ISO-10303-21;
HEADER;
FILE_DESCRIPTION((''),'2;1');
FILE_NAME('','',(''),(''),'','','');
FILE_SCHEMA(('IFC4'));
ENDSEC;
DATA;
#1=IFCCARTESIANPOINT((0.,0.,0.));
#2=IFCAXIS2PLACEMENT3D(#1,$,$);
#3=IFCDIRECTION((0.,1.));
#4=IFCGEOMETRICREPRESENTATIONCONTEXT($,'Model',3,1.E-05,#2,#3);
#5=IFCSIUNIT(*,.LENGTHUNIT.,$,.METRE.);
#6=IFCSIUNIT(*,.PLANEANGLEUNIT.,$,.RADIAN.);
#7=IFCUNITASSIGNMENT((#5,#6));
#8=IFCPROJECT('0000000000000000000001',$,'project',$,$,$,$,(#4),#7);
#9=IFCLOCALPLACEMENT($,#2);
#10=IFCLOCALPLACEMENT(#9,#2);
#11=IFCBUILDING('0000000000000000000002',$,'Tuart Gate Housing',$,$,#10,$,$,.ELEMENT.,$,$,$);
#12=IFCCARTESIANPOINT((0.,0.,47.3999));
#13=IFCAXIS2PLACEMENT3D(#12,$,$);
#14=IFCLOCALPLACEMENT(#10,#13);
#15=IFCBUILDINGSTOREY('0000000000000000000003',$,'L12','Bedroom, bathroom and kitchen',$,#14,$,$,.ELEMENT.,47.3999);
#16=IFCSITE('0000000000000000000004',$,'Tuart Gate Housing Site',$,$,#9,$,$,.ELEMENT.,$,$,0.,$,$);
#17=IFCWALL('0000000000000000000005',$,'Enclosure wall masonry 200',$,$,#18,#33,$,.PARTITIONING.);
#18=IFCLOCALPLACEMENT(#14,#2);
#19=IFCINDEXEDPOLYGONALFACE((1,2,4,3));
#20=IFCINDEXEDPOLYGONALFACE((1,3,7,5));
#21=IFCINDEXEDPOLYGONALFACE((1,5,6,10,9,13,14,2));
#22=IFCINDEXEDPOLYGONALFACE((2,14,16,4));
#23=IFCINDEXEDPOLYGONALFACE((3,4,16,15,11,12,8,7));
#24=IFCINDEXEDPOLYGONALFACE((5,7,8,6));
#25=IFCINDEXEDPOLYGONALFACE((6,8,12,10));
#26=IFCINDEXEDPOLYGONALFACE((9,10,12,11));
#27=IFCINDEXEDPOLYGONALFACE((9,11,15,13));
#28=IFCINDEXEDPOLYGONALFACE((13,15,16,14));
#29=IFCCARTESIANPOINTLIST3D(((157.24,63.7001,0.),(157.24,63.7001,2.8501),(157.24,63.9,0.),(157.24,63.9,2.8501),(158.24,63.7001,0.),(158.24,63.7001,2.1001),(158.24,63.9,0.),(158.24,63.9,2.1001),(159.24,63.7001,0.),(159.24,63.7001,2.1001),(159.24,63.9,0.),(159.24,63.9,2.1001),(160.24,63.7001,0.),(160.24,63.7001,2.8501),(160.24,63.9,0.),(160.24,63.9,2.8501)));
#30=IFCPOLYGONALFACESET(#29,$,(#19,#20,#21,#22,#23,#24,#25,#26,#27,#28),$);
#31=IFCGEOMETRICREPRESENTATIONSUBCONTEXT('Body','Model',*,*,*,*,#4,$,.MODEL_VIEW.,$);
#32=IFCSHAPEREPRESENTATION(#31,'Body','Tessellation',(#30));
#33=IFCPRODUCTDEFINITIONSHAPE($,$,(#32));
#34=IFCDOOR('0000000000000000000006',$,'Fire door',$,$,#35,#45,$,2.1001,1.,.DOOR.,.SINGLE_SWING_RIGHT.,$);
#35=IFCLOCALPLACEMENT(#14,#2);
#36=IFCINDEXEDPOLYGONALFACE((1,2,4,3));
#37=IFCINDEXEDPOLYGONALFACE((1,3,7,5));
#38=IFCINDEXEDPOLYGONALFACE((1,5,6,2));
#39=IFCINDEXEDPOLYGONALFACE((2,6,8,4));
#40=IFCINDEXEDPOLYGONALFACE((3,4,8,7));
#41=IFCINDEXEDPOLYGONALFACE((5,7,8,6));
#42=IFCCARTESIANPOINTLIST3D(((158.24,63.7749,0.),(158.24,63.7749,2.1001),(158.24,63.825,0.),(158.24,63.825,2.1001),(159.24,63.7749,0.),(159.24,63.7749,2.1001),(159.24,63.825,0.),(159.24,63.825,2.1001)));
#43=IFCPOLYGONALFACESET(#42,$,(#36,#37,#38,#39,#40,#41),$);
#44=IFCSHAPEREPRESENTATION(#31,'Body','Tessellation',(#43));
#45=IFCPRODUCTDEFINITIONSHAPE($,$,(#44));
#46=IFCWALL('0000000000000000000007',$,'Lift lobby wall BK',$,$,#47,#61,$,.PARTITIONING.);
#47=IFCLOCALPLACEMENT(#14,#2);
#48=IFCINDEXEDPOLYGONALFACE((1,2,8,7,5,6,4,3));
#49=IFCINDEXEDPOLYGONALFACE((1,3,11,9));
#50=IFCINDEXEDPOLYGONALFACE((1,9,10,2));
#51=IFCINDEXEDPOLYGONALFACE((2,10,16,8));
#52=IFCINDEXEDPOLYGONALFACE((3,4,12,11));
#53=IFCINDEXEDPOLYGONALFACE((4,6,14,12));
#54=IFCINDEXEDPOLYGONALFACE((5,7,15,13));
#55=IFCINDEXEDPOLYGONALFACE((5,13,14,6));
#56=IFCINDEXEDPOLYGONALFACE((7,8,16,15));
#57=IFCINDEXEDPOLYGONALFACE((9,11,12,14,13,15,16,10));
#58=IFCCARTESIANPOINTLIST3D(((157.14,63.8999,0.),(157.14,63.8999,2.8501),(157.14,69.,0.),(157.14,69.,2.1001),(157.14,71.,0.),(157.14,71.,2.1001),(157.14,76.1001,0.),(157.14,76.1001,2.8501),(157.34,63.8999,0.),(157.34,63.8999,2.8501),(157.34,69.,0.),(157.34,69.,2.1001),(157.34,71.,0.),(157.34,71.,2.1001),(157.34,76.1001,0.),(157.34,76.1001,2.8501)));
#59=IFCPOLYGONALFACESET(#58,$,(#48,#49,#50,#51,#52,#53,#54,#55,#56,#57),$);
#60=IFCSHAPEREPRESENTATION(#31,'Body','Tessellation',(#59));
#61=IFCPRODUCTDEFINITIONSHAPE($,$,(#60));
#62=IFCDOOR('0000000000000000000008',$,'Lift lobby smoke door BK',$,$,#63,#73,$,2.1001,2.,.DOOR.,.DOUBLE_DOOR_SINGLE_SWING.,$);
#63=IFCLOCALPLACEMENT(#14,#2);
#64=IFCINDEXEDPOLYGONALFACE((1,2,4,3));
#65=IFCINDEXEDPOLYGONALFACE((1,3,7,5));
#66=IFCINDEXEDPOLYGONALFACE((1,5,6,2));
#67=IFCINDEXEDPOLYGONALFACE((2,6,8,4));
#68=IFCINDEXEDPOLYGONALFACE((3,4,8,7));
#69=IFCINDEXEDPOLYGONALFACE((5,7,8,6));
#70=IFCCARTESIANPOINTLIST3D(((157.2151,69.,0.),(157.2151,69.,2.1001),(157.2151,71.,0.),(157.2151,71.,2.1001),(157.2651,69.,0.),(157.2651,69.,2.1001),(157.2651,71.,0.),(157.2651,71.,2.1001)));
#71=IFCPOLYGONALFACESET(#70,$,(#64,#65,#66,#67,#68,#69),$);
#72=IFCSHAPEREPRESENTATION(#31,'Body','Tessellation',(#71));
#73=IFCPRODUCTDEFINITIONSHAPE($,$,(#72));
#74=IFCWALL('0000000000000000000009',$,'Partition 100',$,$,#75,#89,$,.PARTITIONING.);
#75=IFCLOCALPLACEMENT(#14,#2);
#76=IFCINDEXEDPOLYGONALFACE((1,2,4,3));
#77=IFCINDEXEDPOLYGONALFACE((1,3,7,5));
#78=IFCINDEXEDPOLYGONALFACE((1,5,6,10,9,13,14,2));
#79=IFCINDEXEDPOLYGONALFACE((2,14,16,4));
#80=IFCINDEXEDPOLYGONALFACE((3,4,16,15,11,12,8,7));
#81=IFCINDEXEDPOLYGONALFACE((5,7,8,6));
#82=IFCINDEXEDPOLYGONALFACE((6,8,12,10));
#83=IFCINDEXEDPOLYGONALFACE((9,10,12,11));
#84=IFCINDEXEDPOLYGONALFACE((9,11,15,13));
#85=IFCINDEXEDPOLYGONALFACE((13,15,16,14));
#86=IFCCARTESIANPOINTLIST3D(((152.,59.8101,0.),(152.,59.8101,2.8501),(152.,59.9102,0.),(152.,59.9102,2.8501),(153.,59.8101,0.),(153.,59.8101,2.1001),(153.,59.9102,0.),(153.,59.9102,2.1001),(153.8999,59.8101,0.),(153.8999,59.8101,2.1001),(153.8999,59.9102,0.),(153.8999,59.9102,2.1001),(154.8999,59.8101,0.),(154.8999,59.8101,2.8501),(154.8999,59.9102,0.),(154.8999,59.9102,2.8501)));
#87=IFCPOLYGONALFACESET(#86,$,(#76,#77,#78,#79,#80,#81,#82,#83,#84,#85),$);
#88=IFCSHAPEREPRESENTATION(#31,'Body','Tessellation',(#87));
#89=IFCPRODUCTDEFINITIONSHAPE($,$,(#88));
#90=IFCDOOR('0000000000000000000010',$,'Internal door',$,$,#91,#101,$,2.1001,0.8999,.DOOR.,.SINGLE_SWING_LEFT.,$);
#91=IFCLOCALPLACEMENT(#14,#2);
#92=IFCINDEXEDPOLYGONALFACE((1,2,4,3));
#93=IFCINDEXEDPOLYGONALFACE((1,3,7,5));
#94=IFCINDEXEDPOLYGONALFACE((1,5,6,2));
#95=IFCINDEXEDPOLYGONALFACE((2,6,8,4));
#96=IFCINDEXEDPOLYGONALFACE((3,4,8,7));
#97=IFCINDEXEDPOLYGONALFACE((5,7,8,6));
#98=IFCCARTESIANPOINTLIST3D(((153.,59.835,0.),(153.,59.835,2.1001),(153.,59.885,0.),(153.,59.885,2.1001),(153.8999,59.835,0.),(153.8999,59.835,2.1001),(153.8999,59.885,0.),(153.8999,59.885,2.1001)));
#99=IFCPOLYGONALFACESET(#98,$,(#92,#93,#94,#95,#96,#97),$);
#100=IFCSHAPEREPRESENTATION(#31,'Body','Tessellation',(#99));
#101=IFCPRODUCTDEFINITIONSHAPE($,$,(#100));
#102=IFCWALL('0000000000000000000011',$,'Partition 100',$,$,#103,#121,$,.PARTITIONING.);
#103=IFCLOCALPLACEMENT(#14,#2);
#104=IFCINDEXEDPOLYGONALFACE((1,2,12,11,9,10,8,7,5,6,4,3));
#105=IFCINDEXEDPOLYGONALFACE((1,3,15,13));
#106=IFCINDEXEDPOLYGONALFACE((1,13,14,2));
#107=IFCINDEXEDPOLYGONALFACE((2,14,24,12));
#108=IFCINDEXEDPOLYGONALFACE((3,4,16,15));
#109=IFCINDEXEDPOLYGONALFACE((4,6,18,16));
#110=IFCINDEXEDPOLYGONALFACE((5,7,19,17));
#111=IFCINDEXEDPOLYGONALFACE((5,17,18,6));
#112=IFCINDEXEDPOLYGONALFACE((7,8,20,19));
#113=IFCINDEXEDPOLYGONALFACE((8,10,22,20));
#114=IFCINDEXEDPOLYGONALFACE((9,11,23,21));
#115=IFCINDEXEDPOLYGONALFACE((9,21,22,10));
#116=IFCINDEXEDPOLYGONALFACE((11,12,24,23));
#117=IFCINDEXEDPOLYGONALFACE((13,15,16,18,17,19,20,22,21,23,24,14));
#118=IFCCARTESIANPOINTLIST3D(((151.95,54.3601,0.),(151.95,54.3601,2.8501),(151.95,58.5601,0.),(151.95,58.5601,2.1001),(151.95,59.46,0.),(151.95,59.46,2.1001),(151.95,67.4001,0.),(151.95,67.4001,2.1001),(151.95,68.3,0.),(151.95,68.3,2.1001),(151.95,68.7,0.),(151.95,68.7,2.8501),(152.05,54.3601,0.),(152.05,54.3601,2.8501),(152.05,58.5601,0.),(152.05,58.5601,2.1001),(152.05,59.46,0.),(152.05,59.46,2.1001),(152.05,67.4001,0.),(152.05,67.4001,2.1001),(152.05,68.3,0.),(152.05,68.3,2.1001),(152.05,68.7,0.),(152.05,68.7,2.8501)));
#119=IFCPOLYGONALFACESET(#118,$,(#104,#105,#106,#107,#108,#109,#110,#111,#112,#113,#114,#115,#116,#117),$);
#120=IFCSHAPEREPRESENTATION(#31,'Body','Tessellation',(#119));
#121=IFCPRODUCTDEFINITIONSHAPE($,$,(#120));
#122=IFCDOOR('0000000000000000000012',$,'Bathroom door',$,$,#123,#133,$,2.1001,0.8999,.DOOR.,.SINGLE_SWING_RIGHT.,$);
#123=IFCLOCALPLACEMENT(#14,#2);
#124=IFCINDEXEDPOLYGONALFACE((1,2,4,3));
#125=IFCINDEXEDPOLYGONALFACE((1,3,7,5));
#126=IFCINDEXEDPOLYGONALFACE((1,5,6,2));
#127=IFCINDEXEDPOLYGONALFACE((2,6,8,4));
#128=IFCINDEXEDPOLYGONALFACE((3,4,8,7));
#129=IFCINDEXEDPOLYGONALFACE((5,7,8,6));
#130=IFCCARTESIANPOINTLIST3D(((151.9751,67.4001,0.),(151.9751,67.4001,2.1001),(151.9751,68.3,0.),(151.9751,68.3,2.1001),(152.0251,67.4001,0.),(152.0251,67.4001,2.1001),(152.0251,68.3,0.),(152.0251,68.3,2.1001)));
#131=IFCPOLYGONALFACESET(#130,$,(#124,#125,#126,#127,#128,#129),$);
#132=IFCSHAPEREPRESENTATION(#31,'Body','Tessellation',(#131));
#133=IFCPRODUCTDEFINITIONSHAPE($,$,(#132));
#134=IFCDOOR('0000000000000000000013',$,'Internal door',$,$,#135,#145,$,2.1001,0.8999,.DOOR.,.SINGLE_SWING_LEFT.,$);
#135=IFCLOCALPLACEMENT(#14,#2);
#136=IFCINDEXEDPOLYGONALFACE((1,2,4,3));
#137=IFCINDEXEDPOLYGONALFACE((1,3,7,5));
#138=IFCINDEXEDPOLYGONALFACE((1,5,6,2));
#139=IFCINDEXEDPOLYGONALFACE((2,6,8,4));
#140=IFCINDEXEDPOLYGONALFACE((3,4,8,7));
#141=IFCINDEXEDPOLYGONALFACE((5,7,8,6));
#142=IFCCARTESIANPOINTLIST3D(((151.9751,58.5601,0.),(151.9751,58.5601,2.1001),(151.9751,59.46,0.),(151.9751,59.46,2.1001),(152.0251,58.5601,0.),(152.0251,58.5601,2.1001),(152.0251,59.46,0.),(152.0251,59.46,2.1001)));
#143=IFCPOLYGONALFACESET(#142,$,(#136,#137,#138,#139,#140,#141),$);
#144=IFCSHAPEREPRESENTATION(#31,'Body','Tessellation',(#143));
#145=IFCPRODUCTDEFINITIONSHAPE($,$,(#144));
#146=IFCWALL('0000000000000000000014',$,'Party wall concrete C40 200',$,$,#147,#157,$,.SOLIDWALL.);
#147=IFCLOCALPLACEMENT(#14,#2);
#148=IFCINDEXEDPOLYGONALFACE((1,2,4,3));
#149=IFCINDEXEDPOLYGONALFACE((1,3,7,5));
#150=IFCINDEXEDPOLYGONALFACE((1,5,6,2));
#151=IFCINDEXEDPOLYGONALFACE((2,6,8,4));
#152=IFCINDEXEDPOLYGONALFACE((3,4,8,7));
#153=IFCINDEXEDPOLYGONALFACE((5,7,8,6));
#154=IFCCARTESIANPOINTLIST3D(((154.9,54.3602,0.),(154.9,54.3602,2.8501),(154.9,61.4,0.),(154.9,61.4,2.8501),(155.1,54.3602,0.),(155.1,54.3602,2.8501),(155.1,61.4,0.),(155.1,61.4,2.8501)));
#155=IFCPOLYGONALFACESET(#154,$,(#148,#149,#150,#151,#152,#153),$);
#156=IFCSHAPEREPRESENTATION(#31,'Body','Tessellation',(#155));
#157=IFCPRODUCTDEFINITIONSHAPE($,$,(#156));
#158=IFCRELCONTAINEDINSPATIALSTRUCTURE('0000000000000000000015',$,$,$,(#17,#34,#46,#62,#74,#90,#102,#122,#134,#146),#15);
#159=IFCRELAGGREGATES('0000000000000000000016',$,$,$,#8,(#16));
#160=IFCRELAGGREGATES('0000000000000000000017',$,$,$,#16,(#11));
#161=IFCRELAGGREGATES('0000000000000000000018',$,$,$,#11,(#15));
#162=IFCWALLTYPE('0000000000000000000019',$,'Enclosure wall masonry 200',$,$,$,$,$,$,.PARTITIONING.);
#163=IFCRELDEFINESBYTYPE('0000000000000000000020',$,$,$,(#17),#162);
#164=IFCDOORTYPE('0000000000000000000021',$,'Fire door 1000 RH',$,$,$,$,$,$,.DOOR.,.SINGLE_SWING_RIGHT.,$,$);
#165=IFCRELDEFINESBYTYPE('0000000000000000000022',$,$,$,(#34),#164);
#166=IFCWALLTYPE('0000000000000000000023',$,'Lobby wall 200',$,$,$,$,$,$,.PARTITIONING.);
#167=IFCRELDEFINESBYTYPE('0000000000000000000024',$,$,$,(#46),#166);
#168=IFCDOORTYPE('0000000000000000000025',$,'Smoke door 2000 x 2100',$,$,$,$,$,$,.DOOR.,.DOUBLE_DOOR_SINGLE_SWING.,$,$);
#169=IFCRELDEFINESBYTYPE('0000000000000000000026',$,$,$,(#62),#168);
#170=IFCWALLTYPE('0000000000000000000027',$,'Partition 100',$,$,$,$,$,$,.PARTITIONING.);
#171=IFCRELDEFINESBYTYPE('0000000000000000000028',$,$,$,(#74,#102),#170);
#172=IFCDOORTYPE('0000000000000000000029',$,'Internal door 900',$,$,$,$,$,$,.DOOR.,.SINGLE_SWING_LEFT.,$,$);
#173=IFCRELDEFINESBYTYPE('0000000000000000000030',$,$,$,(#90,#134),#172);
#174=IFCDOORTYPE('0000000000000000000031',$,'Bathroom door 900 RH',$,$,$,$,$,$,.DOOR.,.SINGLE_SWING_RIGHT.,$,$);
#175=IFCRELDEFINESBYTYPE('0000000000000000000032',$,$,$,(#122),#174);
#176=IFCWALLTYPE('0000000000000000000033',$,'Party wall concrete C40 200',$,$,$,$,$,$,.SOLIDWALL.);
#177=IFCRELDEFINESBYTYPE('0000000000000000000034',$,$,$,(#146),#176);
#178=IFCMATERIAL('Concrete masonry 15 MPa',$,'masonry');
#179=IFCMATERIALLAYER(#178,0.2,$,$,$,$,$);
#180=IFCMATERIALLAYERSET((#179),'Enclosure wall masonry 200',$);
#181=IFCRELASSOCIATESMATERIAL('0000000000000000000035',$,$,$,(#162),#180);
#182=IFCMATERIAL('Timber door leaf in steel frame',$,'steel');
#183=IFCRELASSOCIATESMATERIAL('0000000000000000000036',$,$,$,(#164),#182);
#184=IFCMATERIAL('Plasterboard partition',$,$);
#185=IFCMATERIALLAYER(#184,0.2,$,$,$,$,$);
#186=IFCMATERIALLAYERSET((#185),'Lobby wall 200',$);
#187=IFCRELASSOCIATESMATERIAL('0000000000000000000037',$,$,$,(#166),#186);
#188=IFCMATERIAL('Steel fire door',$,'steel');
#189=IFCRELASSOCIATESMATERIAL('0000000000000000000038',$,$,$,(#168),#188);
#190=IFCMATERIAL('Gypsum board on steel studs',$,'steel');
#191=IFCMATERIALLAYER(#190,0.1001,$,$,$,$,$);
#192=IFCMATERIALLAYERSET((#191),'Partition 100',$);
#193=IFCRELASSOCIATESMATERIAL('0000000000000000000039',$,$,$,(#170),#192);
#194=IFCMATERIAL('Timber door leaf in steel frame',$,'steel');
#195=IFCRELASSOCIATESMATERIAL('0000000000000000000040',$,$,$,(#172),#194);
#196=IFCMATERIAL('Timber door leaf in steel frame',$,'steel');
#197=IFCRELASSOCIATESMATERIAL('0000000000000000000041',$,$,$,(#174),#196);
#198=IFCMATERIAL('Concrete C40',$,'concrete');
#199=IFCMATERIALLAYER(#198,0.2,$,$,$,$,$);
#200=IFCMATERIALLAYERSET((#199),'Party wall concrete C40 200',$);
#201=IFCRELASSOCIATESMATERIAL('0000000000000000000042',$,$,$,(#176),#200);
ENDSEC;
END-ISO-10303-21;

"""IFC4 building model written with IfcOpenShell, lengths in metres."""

from ifc_helpers import new_model, si_unit, direction, frame, frame_2d, origin, place, context, subcontext, project, spatial, rectangle, extrude, material, layer, layer_set, type_object, element, fill, save


model = new_model("IFC4")

# Units and contexts
model_context = context("Model", 3, precision=1e-05, world=origin(), true_north=direction((0.0, 1.0)))
body_context = subcontext(model_context, "Body", "Model", "MODEL_VIEW")
ifc_project = project(units=[si_unit("LENGTHUNIT", "METRE"), si_unit("PLANEANGLEUNIT", "RADIAN")], contexts=[model_context])

# Site, building, storey
site_placement = place(None, origin())
site = spatial("IfcSite", under=ifc_project, at=site_placement, Name="Tuart Gate Housing Site", CompositionType="ELEMENT", RefElevation=0.0)
building_placement = place(site_placement, origin())
building = spatial("IfcBuilding", under=site, at=building_placement, Name="Tuart Gate Housing", CompositionType="ELEMENT")
storey_placement = place(building_placement, frame((0.0, 0.0, 47.3999)))
storey = spatial("IfcBuildingStorey", under=building, at=storey_placement, Name="L12", Description="Bedroom, bathroom and kitchen", CompositionType="ELEMENT", Elevation=47.3999)

# Walls, openings, doors
ifc_material_1 = material(Name="Concrete masonry 15 MPa", Category="masonry")
ifc_layer_1 = layer(ifc_material_1, 0.2)
ifc_layer_set_1 = layer_set([ifc_layer_1], Name="Enclosure wall masonry 200")
wall_type_1 = type_object("IfcWallType", Name="Enclosure wall masonry 200", PredefinedType="PARTITIONING", material=ifc_layer_set_1)
wall_1_placement = place(storey_placement, frame((157.24, 63.8, 0.0), z_axis=(0.0, 0.0, 1.0), x_axis=(1.0, 0.0, 0.0)))
wall_1 = element("IfcWall", 1, at=wall_1_placement, inside=storey, type_object=wall_type_1, Name="Enclosure wall masonry 200", PredefinedType="PARTITIONING", context=body_context, shape_type="SweptSolid", body=[
    extrude(rectangle(XDim=3.0, YDim=0.2, at=frame_2d((1.5, 0.0))), origin(), (0.0, 0.0, 1.0), 2.8501),
])
opening_1_placement = place(wall_1_placement, frame((1.0, 0.0, 0.0)))
opening_1 = element("IfcOpeningElement", 2, at=opening_1_placement, cuts=wall_1, PredefinedType="OPENING", context=body_context, shape_type="SweptSolid", body=[
    extrude(rectangle(XDim=1.0, YDim=2.1001, at=frame_2d((0.5, 1.05))), frame((0.0, 0.1099, 0.0), z_axis=(0.0, -1.0, 0.0), x_axis=(1.0, 0.0, 0.0)), (0.0, 0.0, 1.0), 0.22),
])
ifc_material_2 = material(Name="Timber door leaf in steel frame", Category="steel")
door_type_1 = type_object("IfcDoorType", Name="Fire door 1000 RH", OperationType="SINGLE_SWING_RIGHT", PredefinedType="DOOR", material=ifc_material_2)
door_1_placement = place(opening_1_placement, frame((1.0, 0.0, 0.0), z_axis=(0.0, 0.0, 1.0), x_axis=(-1.0, 0.0, 0.0)))
door_1 = element("IfcDoor", 3, at=door_1_placement, inside=storey, type_object=door_type_1, Name="Fire door", OperationType="SINGLE_SWING_RIGHT", OverallHeight=2.1001, OverallWidth=1.0, PredefinedType="DOOR", context=body_context, shape_type="SweptSolid", body=[
    extrude(rectangle(XDim=1.0, YDim=2.1001, at=frame_2d((0.5, 1.05))), frame((0.0, 0.0251, 0.0), z_axis=(0.0, -1.0, 0.0), x_axis=(1.0, 0.0, 0.0)), (0.0, 0.0, 1.0), 0.05),
])
fill(opening_1, door_1)
ifc_material_3 = material(Name="Plasterboard partition")
ifc_layer_2 = layer(ifc_material_3, 0.2)
ifc_layer_set_2 = layer_set([ifc_layer_2], Name="Lobby wall 200")
wall_type_2 = type_object("IfcWallType", Name="Lobby wall 200", PredefinedType="PARTITIONING", material=ifc_layer_set_2)
wall_2_placement = place(storey_placement, frame((157.24, 63.8999, 0.0), z_axis=(0.0, 0.0, 1.0), x_axis=(0.0, 1.0, 0.0)))
wall_2 = element("IfcWall", 4, at=wall_2_placement, inside=storey, type_object=wall_type_2, Name="Lift lobby wall BK", PredefinedType="PARTITIONING", context=body_context, shape_type="SweptSolid", body=[
    extrude(rectangle(XDim=12.2002, YDim=0.2, at=frame_2d((6.1001, 0.0))), origin(), (0.0, 0.0, 1.0), 2.8501),
])
opening_2_placement = place(wall_2_placement, frame((5.1001, 0.0, 0.0)))
opening_2 = element("IfcOpeningElement", 5, at=opening_2_placement, cuts=wall_2, PredefinedType="OPENING", context=body_context, shape_type="SweptSolid", body=[
    extrude(rectangle(XDim=2.0, YDim=2.1001, at=frame_2d((1.0, 1.05))), frame((0.0, 0.1099, 0.0), z_axis=(0.0, -1.0, 0.0), x_axis=(1.0, 0.0, 0.0)), (0.0, 0.0, 1.0), 0.22),
])
ifc_material_4 = material(Name="Steel fire door", Category="steel")
door_type_2 = type_object("IfcDoorType", Name="Smoke door 2000 x 2100", OperationType="DOUBLE_DOOR_SINGLE_SWING", PredefinedType="DOOR", material=ifc_material_4)
door_2_placement = place(opening_2_placement, frame((2.0, 0.0, 0.0), z_axis=(0.0, 0.0, 1.0), x_axis=(-1.0, 0.0, 0.0)))
door_2 = element("IfcDoor", 6, at=door_2_placement, inside=storey, type_object=door_type_2, Name="Lift lobby smoke door BK", OperationType="DOUBLE_DOOR_SINGLE_SWING", OverallHeight=2.1001, OverallWidth=2.0, PredefinedType="DOOR", context=body_context, shape_type="SweptSolid", body=[
    extrude(rectangle(XDim=2.0, YDim=2.1001, at=frame_2d((1.0, 1.05))), frame((0.0, 0.0251, 0.0), z_axis=(0.0, -1.0, 0.0), x_axis=(1.0, 0.0, 0.0)), (0.0, 0.0, 1.0), 0.05),
])
fill(opening_2, door_2)
ifc_material_5 = material(Name="Gypsum board on steel studs", Category="steel")
ifc_layer_3 = layer(ifc_material_5, 0.1001)
ifc_layer_set_3 = layer_set([ifc_layer_3], Name="Partition 100")
wall_type_3 = type_object("IfcWallType", Name="Partition 100", PredefinedType="PARTITIONING", material=ifc_layer_set_3)
wall_3_placement = place(storey_placement, frame((152.0, 59.8601, 0.0), z_axis=(0.0, 0.0, 1.0), x_axis=(1.0, 0.0, 0.0)))
wall_3 = element("IfcWall", 7, at=wall_3_placement, inside=storey, type_object=wall_type_3, Name="Partition 100", PredefinedType="PARTITIONING", context=body_context, shape_type="SweptSolid", body=[
    extrude(rectangle(XDim=2.8999, YDim=0.1001, at=frame_2d((1.45, 0.0))), origin(), (0.0, 0.0, 1.0), 2.8501),
])
opening_3_placement = place(wall_3_placement, frame((1.0, 0.0, 0.0)))
opening_3 = element("IfcOpeningElement", 8, at=opening_3_placement, cuts=wall_3, PredefinedType="OPENING", context=body_context, shape_type="SweptSolid", body=[
    extrude(rectangle(XDim=0.8999, YDim=2.1001, at=frame_2d((0.45, 1.05))), frame((0.0, 0.0601, 0.0), z_axis=(0.0, -1.0, 0.0), x_axis=(1.0, 0.0, 0.0)), (0.0, 0.0, 1.0), 0.1201),
])
ifc_material_6 = material(Name="Timber door leaf in steel frame", Category="steel")
door_type_3 = type_object("IfcDoorType", Name="Internal door 900", OperationType="SINGLE_SWING_LEFT", PredefinedType="DOOR", material=ifc_material_6)
door_3_placement = place(opening_3_placement, origin())
door_3 = element("IfcDoor", 9, at=door_3_placement, inside=storey, type_object=door_type_3, Name="Internal door", OperationType="SINGLE_SWING_LEFT", OverallHeight=2.1001, OverallWidth=0.8999, PredefinedType="DOOR", context=body_context, shape_type="SweptSolid", body=[
    extrude(rectangle(XDim=0.8999, YDim=2.1001, at=frame_2d((0.45, 1.05))), frame((0.0, 0.0249, 0.0), z_axis=(0.0, -1.0, 0.0), x_axis=(1.0, 0.0, 0.0)), (0.0, 0.0, 1.0), 0.05),
])
fill(opening_3, door_3)

# Wall, openings, doors
wall_4_placement = place(storey_placement, frame((152.0, 54.3601, 0.0), z_axis=(0.0, 0.0, 1.0), x_axis=(0.0, 1.0, 0.0)))
wall_4 = element("IfcWall", 10, at=wall_4_placement, inside=storey, type_object=wall_type_3, Name="Partition 100", PredefinedType="PARTITIONING", context=body_context, shape_type="SweptSolid", body=[
    extrude(rectangle(XDim=14.3398, YDim=0.1001, at=frame_2d((7.1699, 0.0))), origin(), (0.0, 0.0, 1.0), 2.8501),
])
opening_4_placement = place(wall_4_placement, frame((4.2, 0.0, 0.0)))
opening_4 = element("IfcOpeningElement", 11, at=opening_4_placement, cuts=wall_4, PredefinedType="OPENING", context=body_context, shape_type="SweptSolid", body=[
    extrude(rectangle(XDim=0.8999, YDim=2.1001, at=frame_2d((0.45, 1.05))), frame((0.0, 0.0601, 0.0), z_axis=(0.0, -1.0, 0.0), x_axis=(1.0, 0.0, 0.0)), (0.0, 0.0, 1.0), 0.1201),
])
opening_5_placement = place(wall_4_placement, frame((13.04, 0.0, 0.0)))
opening_5 = element("IfcOpeningElement", 12, at=opening_5_placement, cuts=wall_4, PredefinedType="OPENING", context=body_context, shape_type="SweptSolid", body=[
    extrude(rectangle(XDim=0.8999, YDim=2.1001, at=frame_2d((0.45, 1.05))), frame((0.0, 0.0601, 0.0), z_axis=(0.0, -1.0, 0.0), x_axis=(1.0, 0.0, 0.0)), (0.0, 0.0, 1.0), 0.1201),
])
ifc_material_7 = material(Name="Timber door leaf in steel frame", Category="steel")
door_type_4 = type_object("IfcDoorType", Name="Bathroom door 900 RH", OperationType="SINGLE_SWING_RIGHT", PredefinedType="DOOR", material=ifc_material_7)
door_4_placement = place(opening_5_placement, origin())
door_4 = element("IfcDoor", 13, at=door_4_placement, inside=storey, type_object=door_type_4, Name="Bathroom door", OperationType="SINGLE_SWING_RIGHT", OverallHeight=2.1001, OverallWidth=0.8999, PredefinedType="DOOR", context=body_context, shape_type="SweptSolid", body=[
    extrude(rectangle(XDim=0.8999, YDim=2.1001, at=frame_2d((0.45, 1.05))), frame((0.0, 0.0249, 0.0), z_axis=(0.0, -1.0, 0.0), x_axis=(1.0, 0.0, 0.0)), (0.0, 0.0, 1.0), 0.05),
])
fill(opening_5, door_4)
door_5_placement = place(opening_4_placement, origin())
door_5 = element("IfcDoor", 14, at=door_5_placement, inside=storey, type_object=door_type_3, Name="Internal door", OperationType="SINGLE_SWING_LEFT", OverallHeight=2.1001, OverallWidth=0.8999, PredefinedType="DOOR", context=body_context, shape_type="SweptSolid", body=[
    extrude(rectangle(XDim=0.8999, YDim=2.1001, at=frame_2d((0.45, 1.05))), frame((0.0, 0.0249, 0.0), z_axis=(0.0, -1.0, 0.0), x_axis=(1.0, 0.0, 0.0)), (0.0, 0.0, 1.0), 0.05),
])
fill(opening_4, door_5)

# Wall
ifc_material_8 = material(Name="Concrete C40", Category="concrete")
ifc_layer_4 = layer(ifc_material_8, 0.2)
ifc_layer_set_4 = layer_set([ifc_layer_4], Name="Party wall concrete C40 200")
wall_type_4 = type_object("IfcWallType", Name="Party wall concrete C40 200", PredefinedType="SOLIDWALL", material=ifc_layer_set_4)
wall_5_placement = place(storey_placement, frame((155.0, 54.3601, 0.0), z_axis=(0.0, 0.0, 1.0), x_axis=(0.0, 1.0, 0.0)))
element("IfcWall", 15, at=wall_5_placement, inside=storey, type_object=wall_type_4, Name="Party wall concrete C40 200", PredefinedType="SOLIDWALL", context=body_context, shape_type="SweptSolid", body=[
    extrude(rectangle(XDim=7.0398, YDim=0.2, at=frame_2d((3.52, 0.0))), origin(), (0.0, 0.0, 1.0), 2.8501),
])

save(model, "model.ifc")
